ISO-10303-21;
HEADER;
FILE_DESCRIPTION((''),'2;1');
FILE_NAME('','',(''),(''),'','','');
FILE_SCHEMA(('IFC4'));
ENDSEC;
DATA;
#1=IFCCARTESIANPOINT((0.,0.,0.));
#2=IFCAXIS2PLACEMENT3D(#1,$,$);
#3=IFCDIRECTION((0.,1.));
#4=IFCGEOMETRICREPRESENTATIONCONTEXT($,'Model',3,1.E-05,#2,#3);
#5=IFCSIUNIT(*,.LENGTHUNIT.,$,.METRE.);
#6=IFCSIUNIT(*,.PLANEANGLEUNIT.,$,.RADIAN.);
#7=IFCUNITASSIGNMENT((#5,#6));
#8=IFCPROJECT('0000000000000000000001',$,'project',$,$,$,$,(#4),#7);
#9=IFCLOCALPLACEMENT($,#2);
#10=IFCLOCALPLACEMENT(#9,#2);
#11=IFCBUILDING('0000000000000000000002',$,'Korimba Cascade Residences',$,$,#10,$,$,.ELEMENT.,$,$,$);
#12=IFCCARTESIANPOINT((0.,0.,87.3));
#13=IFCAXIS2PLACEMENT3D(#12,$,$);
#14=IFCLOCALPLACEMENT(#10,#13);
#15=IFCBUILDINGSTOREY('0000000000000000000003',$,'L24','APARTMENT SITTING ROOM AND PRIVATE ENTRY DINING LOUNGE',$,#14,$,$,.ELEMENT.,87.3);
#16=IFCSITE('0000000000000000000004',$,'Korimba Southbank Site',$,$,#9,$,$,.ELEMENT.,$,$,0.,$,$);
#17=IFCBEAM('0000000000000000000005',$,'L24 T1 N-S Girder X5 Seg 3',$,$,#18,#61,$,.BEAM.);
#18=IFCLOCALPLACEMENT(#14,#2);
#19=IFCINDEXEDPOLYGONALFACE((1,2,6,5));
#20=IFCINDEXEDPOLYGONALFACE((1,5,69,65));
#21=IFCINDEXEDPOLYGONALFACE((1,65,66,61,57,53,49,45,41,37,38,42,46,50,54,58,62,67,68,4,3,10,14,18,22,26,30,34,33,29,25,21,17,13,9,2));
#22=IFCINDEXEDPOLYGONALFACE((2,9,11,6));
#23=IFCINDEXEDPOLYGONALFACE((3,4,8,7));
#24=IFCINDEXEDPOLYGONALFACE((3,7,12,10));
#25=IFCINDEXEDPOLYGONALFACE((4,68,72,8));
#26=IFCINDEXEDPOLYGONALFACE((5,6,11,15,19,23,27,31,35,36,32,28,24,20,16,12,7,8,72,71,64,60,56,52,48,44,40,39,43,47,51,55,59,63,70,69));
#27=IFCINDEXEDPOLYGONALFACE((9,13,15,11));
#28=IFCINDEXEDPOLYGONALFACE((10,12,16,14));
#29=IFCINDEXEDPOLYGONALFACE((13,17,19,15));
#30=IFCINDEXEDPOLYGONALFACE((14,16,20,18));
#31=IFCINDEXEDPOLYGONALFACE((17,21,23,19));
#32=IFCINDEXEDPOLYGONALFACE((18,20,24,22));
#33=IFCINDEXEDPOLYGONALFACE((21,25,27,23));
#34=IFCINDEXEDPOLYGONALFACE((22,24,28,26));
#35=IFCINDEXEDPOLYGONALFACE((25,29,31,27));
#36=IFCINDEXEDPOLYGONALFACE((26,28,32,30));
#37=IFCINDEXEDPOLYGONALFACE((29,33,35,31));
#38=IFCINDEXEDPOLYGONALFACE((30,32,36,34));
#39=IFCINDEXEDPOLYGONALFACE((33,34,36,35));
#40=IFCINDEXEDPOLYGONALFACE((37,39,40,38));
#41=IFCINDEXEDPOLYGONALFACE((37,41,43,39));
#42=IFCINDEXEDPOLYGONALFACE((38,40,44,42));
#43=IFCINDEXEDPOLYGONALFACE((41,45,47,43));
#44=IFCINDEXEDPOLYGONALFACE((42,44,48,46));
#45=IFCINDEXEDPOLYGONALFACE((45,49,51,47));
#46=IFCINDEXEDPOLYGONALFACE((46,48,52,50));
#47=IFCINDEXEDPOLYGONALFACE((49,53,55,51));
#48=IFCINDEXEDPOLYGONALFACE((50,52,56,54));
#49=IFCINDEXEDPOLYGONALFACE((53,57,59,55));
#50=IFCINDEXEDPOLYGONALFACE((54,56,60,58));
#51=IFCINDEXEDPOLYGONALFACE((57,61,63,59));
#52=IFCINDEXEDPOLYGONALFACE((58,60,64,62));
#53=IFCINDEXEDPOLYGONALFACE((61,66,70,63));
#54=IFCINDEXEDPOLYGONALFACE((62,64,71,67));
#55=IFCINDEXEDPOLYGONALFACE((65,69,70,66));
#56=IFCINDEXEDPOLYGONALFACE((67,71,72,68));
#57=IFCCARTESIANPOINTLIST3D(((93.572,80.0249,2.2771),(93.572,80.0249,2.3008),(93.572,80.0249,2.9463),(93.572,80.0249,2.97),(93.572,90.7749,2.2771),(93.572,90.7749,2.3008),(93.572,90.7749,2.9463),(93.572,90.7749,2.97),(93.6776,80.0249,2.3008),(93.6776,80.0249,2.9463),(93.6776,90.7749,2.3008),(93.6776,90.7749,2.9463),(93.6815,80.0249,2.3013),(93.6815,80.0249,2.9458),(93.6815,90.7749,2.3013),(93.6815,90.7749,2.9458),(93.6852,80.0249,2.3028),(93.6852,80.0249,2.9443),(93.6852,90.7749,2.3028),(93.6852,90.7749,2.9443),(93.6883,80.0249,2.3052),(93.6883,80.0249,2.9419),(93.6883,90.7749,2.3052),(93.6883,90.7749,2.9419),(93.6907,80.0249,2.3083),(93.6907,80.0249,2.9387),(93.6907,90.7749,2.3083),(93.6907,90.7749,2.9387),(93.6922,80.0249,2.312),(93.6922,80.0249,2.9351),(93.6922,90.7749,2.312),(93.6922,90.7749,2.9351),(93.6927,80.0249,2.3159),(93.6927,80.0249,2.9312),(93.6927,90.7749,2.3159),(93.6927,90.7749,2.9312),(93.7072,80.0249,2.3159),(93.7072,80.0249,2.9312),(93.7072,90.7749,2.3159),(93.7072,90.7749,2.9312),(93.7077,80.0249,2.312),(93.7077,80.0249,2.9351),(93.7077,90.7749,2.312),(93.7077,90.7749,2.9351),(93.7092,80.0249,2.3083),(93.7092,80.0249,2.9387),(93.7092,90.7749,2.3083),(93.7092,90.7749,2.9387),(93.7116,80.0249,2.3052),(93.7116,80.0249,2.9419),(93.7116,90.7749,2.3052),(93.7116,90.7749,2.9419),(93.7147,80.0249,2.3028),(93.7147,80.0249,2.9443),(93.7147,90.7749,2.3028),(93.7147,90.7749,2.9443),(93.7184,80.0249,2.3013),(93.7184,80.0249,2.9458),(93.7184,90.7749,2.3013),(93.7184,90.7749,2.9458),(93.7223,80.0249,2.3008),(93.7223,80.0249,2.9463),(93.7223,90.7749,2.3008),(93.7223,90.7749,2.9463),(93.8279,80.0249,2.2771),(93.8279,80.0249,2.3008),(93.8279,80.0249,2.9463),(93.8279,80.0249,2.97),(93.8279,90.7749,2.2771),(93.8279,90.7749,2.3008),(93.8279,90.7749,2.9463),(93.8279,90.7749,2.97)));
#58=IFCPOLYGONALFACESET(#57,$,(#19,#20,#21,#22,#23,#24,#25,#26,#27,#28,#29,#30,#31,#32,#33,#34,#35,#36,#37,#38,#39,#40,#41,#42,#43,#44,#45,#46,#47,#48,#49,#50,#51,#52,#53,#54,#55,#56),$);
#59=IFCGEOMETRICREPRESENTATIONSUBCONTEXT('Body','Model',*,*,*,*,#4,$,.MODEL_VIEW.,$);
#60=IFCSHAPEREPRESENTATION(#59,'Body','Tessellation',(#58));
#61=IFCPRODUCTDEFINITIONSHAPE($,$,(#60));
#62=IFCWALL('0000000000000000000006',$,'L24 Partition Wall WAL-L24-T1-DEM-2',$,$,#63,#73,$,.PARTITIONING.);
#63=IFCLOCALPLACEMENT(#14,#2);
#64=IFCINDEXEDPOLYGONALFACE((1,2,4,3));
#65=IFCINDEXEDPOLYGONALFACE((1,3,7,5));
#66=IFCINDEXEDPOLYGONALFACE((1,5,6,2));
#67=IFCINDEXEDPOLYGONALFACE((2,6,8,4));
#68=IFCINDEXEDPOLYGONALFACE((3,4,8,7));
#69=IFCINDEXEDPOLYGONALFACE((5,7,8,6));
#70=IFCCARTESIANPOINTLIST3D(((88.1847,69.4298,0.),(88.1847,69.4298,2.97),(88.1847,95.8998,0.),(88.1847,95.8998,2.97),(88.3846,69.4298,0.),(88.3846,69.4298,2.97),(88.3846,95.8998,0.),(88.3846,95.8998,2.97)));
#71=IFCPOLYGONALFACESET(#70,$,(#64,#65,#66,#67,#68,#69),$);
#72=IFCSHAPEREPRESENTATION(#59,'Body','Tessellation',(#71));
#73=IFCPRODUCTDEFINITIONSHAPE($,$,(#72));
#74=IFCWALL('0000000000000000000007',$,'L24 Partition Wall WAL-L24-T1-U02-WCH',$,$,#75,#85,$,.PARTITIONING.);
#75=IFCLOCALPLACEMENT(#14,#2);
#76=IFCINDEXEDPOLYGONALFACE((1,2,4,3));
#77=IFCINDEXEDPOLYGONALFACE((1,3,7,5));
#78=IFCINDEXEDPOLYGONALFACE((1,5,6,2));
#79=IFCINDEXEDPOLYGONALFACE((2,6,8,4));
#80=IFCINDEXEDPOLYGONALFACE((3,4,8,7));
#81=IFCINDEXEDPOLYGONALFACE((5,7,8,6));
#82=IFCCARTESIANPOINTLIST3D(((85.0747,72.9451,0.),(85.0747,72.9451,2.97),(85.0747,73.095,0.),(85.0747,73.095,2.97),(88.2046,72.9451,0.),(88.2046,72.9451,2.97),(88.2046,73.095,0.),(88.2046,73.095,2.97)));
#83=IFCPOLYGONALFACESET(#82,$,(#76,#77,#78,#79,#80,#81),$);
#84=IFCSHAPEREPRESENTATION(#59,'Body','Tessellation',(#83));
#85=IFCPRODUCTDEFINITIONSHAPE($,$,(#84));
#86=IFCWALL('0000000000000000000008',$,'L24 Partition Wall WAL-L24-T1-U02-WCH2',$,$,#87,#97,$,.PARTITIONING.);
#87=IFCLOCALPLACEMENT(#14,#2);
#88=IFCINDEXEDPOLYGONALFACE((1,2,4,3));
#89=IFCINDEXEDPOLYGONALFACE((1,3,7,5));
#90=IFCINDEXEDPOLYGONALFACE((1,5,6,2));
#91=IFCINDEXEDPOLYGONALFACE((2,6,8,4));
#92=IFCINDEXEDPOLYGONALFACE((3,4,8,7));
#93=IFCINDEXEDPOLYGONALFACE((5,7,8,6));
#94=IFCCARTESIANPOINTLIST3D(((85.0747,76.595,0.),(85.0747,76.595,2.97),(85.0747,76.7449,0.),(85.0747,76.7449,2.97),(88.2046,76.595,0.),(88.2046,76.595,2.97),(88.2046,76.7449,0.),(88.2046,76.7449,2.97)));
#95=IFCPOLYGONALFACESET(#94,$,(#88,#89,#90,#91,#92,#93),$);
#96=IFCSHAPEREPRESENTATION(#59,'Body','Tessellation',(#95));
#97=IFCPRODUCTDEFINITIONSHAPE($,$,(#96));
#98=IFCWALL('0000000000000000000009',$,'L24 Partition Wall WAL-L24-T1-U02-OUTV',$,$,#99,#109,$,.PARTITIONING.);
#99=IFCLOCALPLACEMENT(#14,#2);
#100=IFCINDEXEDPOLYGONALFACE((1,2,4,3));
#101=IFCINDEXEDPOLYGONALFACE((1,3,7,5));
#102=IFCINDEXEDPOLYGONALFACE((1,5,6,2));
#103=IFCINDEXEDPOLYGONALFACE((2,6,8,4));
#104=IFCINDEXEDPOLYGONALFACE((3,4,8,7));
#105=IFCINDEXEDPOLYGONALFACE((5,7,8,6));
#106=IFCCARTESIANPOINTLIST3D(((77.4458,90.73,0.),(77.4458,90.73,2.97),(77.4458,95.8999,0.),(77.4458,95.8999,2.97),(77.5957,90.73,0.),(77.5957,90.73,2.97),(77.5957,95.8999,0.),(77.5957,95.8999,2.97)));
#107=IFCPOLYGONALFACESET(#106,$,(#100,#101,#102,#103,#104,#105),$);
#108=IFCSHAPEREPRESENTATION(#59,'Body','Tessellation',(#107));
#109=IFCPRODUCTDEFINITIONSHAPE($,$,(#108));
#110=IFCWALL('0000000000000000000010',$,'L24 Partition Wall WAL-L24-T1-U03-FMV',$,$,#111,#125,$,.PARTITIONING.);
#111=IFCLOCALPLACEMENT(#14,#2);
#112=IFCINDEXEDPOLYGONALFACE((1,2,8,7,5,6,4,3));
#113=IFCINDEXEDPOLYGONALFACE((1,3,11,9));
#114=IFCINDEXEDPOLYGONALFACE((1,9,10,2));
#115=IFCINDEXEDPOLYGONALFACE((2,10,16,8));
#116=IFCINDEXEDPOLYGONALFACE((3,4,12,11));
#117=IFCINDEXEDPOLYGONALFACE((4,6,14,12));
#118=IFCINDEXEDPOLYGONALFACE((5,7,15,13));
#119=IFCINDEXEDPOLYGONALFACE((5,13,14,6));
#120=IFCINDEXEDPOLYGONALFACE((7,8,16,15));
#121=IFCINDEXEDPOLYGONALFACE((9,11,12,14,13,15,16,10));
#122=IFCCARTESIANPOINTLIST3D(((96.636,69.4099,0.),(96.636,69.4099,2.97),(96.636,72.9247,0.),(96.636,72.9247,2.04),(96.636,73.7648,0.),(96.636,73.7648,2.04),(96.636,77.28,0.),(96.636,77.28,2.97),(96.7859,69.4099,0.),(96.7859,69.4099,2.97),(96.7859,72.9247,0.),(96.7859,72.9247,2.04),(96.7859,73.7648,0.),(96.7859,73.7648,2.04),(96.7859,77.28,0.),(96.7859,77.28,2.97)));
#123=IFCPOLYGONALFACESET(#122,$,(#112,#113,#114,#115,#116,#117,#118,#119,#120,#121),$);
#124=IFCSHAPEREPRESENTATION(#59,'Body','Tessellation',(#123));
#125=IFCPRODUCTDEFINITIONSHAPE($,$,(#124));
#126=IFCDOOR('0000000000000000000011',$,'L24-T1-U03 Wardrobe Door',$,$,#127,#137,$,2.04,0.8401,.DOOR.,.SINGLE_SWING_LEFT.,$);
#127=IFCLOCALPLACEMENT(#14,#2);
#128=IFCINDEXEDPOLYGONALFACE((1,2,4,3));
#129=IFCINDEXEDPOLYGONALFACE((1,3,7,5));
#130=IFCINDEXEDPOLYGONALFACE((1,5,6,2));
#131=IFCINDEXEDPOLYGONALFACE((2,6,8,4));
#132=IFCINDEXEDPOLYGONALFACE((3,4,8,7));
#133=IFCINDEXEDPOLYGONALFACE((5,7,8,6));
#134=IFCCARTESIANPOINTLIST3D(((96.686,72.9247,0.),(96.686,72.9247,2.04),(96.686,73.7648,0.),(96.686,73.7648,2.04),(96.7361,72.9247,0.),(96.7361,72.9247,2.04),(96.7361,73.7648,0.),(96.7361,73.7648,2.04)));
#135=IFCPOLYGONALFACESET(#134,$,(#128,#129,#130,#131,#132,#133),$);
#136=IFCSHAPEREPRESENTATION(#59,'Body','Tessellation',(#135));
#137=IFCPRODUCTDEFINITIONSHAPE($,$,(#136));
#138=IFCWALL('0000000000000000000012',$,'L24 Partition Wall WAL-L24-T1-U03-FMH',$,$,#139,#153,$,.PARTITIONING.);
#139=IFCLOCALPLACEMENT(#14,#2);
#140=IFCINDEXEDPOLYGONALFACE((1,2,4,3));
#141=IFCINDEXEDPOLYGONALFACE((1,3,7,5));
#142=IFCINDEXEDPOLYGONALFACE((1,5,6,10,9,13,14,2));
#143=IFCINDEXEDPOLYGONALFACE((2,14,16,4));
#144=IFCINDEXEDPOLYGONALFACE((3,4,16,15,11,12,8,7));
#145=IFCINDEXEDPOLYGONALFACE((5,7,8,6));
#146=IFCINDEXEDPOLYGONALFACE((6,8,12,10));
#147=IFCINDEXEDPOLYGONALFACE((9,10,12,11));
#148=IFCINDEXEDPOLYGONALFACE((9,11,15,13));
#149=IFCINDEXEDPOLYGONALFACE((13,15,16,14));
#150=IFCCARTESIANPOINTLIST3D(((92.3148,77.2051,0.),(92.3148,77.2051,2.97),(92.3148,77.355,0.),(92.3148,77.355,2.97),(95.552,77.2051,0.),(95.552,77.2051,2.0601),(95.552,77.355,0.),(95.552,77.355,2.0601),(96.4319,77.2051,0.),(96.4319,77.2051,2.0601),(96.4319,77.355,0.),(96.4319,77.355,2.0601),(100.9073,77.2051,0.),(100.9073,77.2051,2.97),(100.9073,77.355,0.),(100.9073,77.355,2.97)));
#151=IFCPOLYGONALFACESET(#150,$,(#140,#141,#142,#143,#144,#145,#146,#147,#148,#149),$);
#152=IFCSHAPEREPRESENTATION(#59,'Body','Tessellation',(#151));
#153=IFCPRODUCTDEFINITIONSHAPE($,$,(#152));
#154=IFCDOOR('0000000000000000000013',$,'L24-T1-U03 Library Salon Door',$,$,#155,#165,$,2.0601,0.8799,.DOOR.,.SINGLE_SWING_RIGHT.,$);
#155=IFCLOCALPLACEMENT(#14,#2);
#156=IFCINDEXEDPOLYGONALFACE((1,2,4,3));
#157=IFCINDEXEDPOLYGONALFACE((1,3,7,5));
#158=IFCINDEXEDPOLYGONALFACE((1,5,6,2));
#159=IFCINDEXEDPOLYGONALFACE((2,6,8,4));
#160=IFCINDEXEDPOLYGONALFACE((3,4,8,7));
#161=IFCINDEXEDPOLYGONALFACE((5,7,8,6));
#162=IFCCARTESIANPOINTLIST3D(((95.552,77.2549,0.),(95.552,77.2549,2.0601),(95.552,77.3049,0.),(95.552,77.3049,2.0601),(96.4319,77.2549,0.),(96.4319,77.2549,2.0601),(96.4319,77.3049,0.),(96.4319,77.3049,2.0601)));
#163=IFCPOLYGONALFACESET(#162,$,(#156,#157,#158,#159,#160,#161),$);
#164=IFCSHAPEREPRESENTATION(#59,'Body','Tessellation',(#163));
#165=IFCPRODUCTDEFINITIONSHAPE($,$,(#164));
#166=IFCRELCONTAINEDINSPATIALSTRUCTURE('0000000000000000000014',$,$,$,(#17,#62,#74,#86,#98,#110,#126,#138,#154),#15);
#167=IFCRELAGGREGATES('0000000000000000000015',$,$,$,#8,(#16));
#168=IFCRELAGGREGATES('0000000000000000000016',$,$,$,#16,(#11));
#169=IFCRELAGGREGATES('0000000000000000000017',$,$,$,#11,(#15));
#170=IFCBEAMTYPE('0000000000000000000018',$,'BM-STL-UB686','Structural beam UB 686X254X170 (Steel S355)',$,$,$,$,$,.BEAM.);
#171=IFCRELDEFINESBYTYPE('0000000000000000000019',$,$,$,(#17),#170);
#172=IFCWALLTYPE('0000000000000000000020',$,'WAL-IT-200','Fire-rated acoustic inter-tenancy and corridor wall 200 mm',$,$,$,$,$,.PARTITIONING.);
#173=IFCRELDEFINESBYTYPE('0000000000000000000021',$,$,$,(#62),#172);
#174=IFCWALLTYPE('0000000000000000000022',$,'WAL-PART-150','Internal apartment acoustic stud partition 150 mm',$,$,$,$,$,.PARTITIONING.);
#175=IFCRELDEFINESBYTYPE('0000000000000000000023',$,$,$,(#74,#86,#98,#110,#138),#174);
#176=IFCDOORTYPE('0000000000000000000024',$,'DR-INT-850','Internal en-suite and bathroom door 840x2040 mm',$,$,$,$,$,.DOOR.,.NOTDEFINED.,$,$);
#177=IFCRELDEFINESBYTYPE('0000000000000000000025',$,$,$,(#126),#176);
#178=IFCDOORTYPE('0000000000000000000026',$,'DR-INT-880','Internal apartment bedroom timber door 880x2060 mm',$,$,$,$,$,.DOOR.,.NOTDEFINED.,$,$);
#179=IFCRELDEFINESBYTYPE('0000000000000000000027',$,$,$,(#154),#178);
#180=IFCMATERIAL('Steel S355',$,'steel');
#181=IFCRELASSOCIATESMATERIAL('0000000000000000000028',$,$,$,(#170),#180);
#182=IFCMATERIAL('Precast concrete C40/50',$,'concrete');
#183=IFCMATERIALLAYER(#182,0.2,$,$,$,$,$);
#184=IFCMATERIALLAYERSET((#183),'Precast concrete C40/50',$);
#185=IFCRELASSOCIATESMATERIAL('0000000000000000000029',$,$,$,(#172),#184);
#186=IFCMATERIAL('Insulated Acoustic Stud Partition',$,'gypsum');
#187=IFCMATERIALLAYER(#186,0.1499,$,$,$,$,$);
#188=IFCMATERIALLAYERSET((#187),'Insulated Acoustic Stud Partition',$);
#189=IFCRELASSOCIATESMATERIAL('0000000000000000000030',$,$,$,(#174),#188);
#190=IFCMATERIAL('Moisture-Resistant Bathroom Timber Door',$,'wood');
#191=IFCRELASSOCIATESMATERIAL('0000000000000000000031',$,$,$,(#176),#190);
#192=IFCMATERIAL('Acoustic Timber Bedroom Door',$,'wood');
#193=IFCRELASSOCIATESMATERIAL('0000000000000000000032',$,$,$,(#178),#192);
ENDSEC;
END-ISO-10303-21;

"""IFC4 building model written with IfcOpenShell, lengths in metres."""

from ifc_helpers import new_model, si_unit, direction, frame, frame_2d, origin, origin_2d, place, context, subcontext, project, spatial, rectangle, i_section, extrude, material, layer, layer_set, material_profile, profile_set, type_object, element, fill, save


model = new_model("IFC4")

# Units and contexts
model_context = context("Model", 3, precision=1e-05, world=origin(), true_north=direction((0.0, 1.0)))
body_context = subcontext(model_context, "Body", "Model", "MODEL_VIEW")
ifc_project = project(units=[si_unit("LENGTHUNIT", "METRE"), si_unit("PLANEANGLEUNIT", "RADIAN")], contexts=[model_context])

# Site, building, storey
site_placement = place(None, origin())
site = spatial("IfcSite", under=ifc_project, at=site_placement, Name="Korimba Southbank Site", CompositionType="ELEMENT", RefElevation=0.0)
building_placement = place(site_placement, origin())
building = spatial("IfcBuilding", under=site, at=building_placement, Name="Korimba Cascade Residences", CompositionType="ELEMENT")
storey_placement = place(building_placement, frame((0.0, 0.0, 87.3)))
storey = spatial("IfcBuildingStorey", under=building, at=storey_placement, Name="L24", Description="APARTMENT SITTING ROOM AND PRIVATE ENTRY DINING LOUNGE", CompositionType="ELEMENT", Elevation=87.3)

# Beam
ifc_material_1 = material(Name="Steel S355", Category="steel")
ifc_material_profile_1 = material_profile(ifc_material_1, i_section(OverallWidth=0.2559, OverallDepth=0.6929, WebThickness=0.0144, FlangeThickness=0.0237, FilletRadius=0.0151, at=origin_2d()), Name="Steel S355")
ifc_profile_set_1 = profile_set([ifc_material_profile_1], Name="Steel S355")
beam_type_1 = type_object("IfcBeamType", Name="BM-STL-UB686", Description="Structural beam UB 686X254X170 (Steel S355)", PredefinedType="BEAM", material=ifc_profile_set_1)
for number, where, z_axis, x_axis, name in (
    (1, (93.7, 80.0249, 2.6235), (0.0, 1.0, 0.0), (-1.0, 0.0, 0.0), "L24 T1 N-S Girder X5 Seg 3"),
):
    element("IfcBeam", number, at=place(storey_placement, frame(where, z_axis=z_axis, x_axis=x_axis)), inside=storey, type_object=beam_type_1, Name=name, PredefinedType="BEAM", context=body_context, shape_type="SweptSolid", body=[
        extrude(i_section(OverallWidth=0.2559, OverallDepth=0.6929, WebThickness=0.0144, FlangeThickness=0.0237, FilletRadius=0.0151, at=origin_2d()), origin(), (0.0, 0.0, 1.0), 10.75),
    ])

# Walls
ifc_material_2 = material(Name="Precast concrete C40/50", Category="concrete")
ifc_layer_1 = layer(ifc_material_2, 0.2)
ifc_layer_set_1 = layer_set([ifc_layer_1], Name="Precast concrete C40/50")
wall_type_1 = type_object("IfcWallType", Name="WAL-IT-200", Description="Fire-rated acoustic inter-tenancy and corridor wall 200 mm", PredefinedType="PARTITIONING", material=ifc_layer_set_1)
wall_1_placement = place(storey_placement, frame((88.2847, 69.4299, 0.0), z_axis=(0.0, 0.0, 1.0), x_axis=(0.0, 1.0, 0.0)))
element("IfcWall", 2, at=wall_1_placement, inside=storey, type_object=wall_type_1, Name="L24 Partition Wall WAL-L24-T1-DEM-2", PredefinedType="PARTITIONING", context=body_context, shape_type="SweptSolid", body=[
    extrude(rectangle(XDim=26.47, YDim=0.2, at=frame_2d((13.2349, 0.0))), origin(), (0.0, 0.0, 1.0), 2.97),
])
ifc_material_3 = material(Name="Insulated Acoustic Stud Partition", Category="gypsum")
ifc_layer_2 = layer(ifc_material_3, 0.1499)
ifc_layer_set_2 = layer_set([ifc_layer_2], Name="Insulated Acoustic Stud Partition")
wall_type_2 = type_object("IfcWallType", Name="WAL-PART-150", Description="Internal apartment acoustic stud partition 150 mm", PredefinedType="PARTITIONING", material=ifc_layer_set_2)
for number, where, z_axis, x_axis, name in (
    (3, (85.0747, 73.02, 0.0), (0.0, 0.0, 1.0), (1.0, 0.0, 0.0), "L24 Partition Wall WAL-L24-T1-U02-WCH"),
    (4, (85.0747, 76.6699, 0.0), (0.0, 0.0, 1.0), (1.0, 0.0, 0.0), "L24 Partition Wall WAL-L24-T1-U02-WCH2"),
):
    element("IfcWall", number, at=place(storey_placement, frame(where, z_axis=z_axis, x_axis=x_axis)), inside=storey, type_object=wall_type_2, Name=name, PredefinedType="PARTITIONING", context=body_context, shape_type="SweptSolid", body=[
        extrude(rectangle(XDim=3.1299, YDim=0.1499, at=frame_2d((1.5649, 0.0))), origin(), (0.0, 0.0, 1.0), 2.97),
    ])
wall_2_placement = place(storey_placement, frame((77.5208, 90.73, 0.0), z_axis=(0.0, 0.0, 1.0), x_axis=(0.0, 1.0, 0.0)))
element("IfcWall", 5, at=wall_2_placement, inside=storey, type_object=wall_type_2, Name="L24 Partition Wall WAL-L24-T1-U02-OUTV", PredefinedType="PARTITIONING", context=body_context, shape_type="SweptSolid", body=[
    extrude(rectangle(XDim=5.1699, YDim=0.1499, at=frame_2d((2.585, 0.0))), origin(), (0.0, 0.0, 1.0), 2.97),
])

# Walls, openings, doors
wall_3_placement = place(storey_placement, frame((96.7109, 69.4099, 0.0), z_axis=(0.0, 0.0, 1.0), x_axis=(0.0, 1.0, 0.0)))
wall_3 = element("IfcWall", 6, at=wall_3_placement, inside=storey, type_object=wall_type_2, Name="L24 Partition Wall WAL-L24-T1-U03-FMV", PredefinedType="PARTITIONING", context=body_context, shape_type="SweptSolid", body=[
    extrude(rectangle(XDim=7.8701, YDim=0.1499, at=frame_2d((3.9351, 0.0))), origin(), (0.0, 0.0, 1.0), 2.97),
])
opening_1_placement = place(wall_3_placement, frame((3.5149, 0.0, 0.0)))
opening_1 = element("IfcOpeningElement", 7, at=opening_1_placement, cuts=wall_3, PredefinedType="OPENING", context=body_context, shape_type="SweptSolid", body=[
    extrude(rectangle(XDim=0.8401, YDim=2.04, at=frame_2d((0.4199, 1.02))), frame((0.0, 0.085, 0.0), z_axis=(0.0, -1.0, 0.0), x_axis=(1.0, 0.0, 0.0)), (0.0, 0.0, 1.0), 0.1699),
])
ifc_material_4 = material(Name="Moisture-Resistant Bathroom Timber Door", Category="wood")
door_type_1 = type_object("IfcDoorType", Name="DR-INT-850", Description="Internal en-suite and bathroom door 840x2040 mm", OperationType="NOTDEFINED", PredefinedType="DOOR", material=ifc_material_4)
door_1_placement = place(opening_1_placement, origin())
door_1 = element("IfcDoor", 8, at=door_1_placement, inside=storey, type_object=door_type_1, Name="L24-T1-U03 Wardrobe Door", OperationType="SINGLE_SWING_LEFT", OverallHeight=2.04, OverallWidth=0.8401, PredefinedType="DOOR", context=body_context, shape_type="SweptSolid", body=[
    extrude(rectangle(XDim=0.8401, YDim=2.04, at=frame_2d((0.4199, 1.02))), frame((0.0, 0.0249, 0.0), z_axis=(0.0, -1.0, 0.0), x_axis=(1.0, 0.0, 0.0)), (0.0, 0.0, 1.0), 0.05),
])
fill(opening_1, door_1)
wall_4_placement = place(storey_placement, frame((92.3147, 77.28, 0.0), z_axis=(0.0, 0.0, 1.0), x_axis=(1.0, 0.0, 0.0)))
wall_4 = element("IfcWall", 9, at=wall_4_placement, inside=storey, type_object=wall_type_2, Name="L24 Partition Wall WAL-L24-T1-U03-FMH", PredefinedType="PARTITIONING", context=body_context, shape_type="SweptSolid", body=[
    extrude(rectangle(XDim=8.5925, YDim=0.1499, at=frame_2d((4.2964, 0.0))), origin(), (0.0, 0.0, 1.0), 2.97),
])
opening_2_placement = place(wall_4_placement, frame((3.2373, 0.0, 0.0)))
opening_2 = element("IfcOpeningElement", 10, at=opening_2_placement, cuts=wall_4, PredefinedType="OPENING", context=body_context, shape_type="SweptSolid", body=[
    extrude(rectangle(XDim=0.8799, YDim=2.0601, at=frame_2d((0.4399, 1.03))), frame((0.0, 0.085, 0.0), z_axis=(0.0, -1.0, 0.0), x_axis=(1.0, 0.0, 0.0)), (0.0, 0.0, 1.0), 0.1699),
])
ifc_material_5 = material(Name="Acoustic Timber Bedroom Door", Category="wood")
door_type_2 = type_object("IfcDoorType", Name="DR-INT-880", Description="Internal apartment bedroom timber door 880x2060 mm", OperationType="NOTDEFINED", PredefinedType="DOOR", material=ifc_material_5)
door_2_placement = place(opening_2_placement, origin())
door_2 = element("IfcDoor", 11, at=door_2_placement, inside=storey, type_object=door_type_2, Name="L24-T1-U03 Library Salon Door", OperationType="SINGLE_SWING_RIGHT", OverallHeight=2.0601, OverallWidth=0.8799, PredefinedType="DOOR", context=body_context, shape_type="SweptSolid", body=[
    extrude(rectangle(XDim=0.8799, YDim=2.0601, at=frame_2d((0.4399, 1.03))), frame((0.0, 0.0249, 0.0), z_axis=(0.0, -1.0, 0.0), x_axis=(1.0, 0.0, 0.0)), (0.0, 0.0, 1.0), 0.05),
])
fill(opening_2, door_2)

save(model, "model.ifc")
